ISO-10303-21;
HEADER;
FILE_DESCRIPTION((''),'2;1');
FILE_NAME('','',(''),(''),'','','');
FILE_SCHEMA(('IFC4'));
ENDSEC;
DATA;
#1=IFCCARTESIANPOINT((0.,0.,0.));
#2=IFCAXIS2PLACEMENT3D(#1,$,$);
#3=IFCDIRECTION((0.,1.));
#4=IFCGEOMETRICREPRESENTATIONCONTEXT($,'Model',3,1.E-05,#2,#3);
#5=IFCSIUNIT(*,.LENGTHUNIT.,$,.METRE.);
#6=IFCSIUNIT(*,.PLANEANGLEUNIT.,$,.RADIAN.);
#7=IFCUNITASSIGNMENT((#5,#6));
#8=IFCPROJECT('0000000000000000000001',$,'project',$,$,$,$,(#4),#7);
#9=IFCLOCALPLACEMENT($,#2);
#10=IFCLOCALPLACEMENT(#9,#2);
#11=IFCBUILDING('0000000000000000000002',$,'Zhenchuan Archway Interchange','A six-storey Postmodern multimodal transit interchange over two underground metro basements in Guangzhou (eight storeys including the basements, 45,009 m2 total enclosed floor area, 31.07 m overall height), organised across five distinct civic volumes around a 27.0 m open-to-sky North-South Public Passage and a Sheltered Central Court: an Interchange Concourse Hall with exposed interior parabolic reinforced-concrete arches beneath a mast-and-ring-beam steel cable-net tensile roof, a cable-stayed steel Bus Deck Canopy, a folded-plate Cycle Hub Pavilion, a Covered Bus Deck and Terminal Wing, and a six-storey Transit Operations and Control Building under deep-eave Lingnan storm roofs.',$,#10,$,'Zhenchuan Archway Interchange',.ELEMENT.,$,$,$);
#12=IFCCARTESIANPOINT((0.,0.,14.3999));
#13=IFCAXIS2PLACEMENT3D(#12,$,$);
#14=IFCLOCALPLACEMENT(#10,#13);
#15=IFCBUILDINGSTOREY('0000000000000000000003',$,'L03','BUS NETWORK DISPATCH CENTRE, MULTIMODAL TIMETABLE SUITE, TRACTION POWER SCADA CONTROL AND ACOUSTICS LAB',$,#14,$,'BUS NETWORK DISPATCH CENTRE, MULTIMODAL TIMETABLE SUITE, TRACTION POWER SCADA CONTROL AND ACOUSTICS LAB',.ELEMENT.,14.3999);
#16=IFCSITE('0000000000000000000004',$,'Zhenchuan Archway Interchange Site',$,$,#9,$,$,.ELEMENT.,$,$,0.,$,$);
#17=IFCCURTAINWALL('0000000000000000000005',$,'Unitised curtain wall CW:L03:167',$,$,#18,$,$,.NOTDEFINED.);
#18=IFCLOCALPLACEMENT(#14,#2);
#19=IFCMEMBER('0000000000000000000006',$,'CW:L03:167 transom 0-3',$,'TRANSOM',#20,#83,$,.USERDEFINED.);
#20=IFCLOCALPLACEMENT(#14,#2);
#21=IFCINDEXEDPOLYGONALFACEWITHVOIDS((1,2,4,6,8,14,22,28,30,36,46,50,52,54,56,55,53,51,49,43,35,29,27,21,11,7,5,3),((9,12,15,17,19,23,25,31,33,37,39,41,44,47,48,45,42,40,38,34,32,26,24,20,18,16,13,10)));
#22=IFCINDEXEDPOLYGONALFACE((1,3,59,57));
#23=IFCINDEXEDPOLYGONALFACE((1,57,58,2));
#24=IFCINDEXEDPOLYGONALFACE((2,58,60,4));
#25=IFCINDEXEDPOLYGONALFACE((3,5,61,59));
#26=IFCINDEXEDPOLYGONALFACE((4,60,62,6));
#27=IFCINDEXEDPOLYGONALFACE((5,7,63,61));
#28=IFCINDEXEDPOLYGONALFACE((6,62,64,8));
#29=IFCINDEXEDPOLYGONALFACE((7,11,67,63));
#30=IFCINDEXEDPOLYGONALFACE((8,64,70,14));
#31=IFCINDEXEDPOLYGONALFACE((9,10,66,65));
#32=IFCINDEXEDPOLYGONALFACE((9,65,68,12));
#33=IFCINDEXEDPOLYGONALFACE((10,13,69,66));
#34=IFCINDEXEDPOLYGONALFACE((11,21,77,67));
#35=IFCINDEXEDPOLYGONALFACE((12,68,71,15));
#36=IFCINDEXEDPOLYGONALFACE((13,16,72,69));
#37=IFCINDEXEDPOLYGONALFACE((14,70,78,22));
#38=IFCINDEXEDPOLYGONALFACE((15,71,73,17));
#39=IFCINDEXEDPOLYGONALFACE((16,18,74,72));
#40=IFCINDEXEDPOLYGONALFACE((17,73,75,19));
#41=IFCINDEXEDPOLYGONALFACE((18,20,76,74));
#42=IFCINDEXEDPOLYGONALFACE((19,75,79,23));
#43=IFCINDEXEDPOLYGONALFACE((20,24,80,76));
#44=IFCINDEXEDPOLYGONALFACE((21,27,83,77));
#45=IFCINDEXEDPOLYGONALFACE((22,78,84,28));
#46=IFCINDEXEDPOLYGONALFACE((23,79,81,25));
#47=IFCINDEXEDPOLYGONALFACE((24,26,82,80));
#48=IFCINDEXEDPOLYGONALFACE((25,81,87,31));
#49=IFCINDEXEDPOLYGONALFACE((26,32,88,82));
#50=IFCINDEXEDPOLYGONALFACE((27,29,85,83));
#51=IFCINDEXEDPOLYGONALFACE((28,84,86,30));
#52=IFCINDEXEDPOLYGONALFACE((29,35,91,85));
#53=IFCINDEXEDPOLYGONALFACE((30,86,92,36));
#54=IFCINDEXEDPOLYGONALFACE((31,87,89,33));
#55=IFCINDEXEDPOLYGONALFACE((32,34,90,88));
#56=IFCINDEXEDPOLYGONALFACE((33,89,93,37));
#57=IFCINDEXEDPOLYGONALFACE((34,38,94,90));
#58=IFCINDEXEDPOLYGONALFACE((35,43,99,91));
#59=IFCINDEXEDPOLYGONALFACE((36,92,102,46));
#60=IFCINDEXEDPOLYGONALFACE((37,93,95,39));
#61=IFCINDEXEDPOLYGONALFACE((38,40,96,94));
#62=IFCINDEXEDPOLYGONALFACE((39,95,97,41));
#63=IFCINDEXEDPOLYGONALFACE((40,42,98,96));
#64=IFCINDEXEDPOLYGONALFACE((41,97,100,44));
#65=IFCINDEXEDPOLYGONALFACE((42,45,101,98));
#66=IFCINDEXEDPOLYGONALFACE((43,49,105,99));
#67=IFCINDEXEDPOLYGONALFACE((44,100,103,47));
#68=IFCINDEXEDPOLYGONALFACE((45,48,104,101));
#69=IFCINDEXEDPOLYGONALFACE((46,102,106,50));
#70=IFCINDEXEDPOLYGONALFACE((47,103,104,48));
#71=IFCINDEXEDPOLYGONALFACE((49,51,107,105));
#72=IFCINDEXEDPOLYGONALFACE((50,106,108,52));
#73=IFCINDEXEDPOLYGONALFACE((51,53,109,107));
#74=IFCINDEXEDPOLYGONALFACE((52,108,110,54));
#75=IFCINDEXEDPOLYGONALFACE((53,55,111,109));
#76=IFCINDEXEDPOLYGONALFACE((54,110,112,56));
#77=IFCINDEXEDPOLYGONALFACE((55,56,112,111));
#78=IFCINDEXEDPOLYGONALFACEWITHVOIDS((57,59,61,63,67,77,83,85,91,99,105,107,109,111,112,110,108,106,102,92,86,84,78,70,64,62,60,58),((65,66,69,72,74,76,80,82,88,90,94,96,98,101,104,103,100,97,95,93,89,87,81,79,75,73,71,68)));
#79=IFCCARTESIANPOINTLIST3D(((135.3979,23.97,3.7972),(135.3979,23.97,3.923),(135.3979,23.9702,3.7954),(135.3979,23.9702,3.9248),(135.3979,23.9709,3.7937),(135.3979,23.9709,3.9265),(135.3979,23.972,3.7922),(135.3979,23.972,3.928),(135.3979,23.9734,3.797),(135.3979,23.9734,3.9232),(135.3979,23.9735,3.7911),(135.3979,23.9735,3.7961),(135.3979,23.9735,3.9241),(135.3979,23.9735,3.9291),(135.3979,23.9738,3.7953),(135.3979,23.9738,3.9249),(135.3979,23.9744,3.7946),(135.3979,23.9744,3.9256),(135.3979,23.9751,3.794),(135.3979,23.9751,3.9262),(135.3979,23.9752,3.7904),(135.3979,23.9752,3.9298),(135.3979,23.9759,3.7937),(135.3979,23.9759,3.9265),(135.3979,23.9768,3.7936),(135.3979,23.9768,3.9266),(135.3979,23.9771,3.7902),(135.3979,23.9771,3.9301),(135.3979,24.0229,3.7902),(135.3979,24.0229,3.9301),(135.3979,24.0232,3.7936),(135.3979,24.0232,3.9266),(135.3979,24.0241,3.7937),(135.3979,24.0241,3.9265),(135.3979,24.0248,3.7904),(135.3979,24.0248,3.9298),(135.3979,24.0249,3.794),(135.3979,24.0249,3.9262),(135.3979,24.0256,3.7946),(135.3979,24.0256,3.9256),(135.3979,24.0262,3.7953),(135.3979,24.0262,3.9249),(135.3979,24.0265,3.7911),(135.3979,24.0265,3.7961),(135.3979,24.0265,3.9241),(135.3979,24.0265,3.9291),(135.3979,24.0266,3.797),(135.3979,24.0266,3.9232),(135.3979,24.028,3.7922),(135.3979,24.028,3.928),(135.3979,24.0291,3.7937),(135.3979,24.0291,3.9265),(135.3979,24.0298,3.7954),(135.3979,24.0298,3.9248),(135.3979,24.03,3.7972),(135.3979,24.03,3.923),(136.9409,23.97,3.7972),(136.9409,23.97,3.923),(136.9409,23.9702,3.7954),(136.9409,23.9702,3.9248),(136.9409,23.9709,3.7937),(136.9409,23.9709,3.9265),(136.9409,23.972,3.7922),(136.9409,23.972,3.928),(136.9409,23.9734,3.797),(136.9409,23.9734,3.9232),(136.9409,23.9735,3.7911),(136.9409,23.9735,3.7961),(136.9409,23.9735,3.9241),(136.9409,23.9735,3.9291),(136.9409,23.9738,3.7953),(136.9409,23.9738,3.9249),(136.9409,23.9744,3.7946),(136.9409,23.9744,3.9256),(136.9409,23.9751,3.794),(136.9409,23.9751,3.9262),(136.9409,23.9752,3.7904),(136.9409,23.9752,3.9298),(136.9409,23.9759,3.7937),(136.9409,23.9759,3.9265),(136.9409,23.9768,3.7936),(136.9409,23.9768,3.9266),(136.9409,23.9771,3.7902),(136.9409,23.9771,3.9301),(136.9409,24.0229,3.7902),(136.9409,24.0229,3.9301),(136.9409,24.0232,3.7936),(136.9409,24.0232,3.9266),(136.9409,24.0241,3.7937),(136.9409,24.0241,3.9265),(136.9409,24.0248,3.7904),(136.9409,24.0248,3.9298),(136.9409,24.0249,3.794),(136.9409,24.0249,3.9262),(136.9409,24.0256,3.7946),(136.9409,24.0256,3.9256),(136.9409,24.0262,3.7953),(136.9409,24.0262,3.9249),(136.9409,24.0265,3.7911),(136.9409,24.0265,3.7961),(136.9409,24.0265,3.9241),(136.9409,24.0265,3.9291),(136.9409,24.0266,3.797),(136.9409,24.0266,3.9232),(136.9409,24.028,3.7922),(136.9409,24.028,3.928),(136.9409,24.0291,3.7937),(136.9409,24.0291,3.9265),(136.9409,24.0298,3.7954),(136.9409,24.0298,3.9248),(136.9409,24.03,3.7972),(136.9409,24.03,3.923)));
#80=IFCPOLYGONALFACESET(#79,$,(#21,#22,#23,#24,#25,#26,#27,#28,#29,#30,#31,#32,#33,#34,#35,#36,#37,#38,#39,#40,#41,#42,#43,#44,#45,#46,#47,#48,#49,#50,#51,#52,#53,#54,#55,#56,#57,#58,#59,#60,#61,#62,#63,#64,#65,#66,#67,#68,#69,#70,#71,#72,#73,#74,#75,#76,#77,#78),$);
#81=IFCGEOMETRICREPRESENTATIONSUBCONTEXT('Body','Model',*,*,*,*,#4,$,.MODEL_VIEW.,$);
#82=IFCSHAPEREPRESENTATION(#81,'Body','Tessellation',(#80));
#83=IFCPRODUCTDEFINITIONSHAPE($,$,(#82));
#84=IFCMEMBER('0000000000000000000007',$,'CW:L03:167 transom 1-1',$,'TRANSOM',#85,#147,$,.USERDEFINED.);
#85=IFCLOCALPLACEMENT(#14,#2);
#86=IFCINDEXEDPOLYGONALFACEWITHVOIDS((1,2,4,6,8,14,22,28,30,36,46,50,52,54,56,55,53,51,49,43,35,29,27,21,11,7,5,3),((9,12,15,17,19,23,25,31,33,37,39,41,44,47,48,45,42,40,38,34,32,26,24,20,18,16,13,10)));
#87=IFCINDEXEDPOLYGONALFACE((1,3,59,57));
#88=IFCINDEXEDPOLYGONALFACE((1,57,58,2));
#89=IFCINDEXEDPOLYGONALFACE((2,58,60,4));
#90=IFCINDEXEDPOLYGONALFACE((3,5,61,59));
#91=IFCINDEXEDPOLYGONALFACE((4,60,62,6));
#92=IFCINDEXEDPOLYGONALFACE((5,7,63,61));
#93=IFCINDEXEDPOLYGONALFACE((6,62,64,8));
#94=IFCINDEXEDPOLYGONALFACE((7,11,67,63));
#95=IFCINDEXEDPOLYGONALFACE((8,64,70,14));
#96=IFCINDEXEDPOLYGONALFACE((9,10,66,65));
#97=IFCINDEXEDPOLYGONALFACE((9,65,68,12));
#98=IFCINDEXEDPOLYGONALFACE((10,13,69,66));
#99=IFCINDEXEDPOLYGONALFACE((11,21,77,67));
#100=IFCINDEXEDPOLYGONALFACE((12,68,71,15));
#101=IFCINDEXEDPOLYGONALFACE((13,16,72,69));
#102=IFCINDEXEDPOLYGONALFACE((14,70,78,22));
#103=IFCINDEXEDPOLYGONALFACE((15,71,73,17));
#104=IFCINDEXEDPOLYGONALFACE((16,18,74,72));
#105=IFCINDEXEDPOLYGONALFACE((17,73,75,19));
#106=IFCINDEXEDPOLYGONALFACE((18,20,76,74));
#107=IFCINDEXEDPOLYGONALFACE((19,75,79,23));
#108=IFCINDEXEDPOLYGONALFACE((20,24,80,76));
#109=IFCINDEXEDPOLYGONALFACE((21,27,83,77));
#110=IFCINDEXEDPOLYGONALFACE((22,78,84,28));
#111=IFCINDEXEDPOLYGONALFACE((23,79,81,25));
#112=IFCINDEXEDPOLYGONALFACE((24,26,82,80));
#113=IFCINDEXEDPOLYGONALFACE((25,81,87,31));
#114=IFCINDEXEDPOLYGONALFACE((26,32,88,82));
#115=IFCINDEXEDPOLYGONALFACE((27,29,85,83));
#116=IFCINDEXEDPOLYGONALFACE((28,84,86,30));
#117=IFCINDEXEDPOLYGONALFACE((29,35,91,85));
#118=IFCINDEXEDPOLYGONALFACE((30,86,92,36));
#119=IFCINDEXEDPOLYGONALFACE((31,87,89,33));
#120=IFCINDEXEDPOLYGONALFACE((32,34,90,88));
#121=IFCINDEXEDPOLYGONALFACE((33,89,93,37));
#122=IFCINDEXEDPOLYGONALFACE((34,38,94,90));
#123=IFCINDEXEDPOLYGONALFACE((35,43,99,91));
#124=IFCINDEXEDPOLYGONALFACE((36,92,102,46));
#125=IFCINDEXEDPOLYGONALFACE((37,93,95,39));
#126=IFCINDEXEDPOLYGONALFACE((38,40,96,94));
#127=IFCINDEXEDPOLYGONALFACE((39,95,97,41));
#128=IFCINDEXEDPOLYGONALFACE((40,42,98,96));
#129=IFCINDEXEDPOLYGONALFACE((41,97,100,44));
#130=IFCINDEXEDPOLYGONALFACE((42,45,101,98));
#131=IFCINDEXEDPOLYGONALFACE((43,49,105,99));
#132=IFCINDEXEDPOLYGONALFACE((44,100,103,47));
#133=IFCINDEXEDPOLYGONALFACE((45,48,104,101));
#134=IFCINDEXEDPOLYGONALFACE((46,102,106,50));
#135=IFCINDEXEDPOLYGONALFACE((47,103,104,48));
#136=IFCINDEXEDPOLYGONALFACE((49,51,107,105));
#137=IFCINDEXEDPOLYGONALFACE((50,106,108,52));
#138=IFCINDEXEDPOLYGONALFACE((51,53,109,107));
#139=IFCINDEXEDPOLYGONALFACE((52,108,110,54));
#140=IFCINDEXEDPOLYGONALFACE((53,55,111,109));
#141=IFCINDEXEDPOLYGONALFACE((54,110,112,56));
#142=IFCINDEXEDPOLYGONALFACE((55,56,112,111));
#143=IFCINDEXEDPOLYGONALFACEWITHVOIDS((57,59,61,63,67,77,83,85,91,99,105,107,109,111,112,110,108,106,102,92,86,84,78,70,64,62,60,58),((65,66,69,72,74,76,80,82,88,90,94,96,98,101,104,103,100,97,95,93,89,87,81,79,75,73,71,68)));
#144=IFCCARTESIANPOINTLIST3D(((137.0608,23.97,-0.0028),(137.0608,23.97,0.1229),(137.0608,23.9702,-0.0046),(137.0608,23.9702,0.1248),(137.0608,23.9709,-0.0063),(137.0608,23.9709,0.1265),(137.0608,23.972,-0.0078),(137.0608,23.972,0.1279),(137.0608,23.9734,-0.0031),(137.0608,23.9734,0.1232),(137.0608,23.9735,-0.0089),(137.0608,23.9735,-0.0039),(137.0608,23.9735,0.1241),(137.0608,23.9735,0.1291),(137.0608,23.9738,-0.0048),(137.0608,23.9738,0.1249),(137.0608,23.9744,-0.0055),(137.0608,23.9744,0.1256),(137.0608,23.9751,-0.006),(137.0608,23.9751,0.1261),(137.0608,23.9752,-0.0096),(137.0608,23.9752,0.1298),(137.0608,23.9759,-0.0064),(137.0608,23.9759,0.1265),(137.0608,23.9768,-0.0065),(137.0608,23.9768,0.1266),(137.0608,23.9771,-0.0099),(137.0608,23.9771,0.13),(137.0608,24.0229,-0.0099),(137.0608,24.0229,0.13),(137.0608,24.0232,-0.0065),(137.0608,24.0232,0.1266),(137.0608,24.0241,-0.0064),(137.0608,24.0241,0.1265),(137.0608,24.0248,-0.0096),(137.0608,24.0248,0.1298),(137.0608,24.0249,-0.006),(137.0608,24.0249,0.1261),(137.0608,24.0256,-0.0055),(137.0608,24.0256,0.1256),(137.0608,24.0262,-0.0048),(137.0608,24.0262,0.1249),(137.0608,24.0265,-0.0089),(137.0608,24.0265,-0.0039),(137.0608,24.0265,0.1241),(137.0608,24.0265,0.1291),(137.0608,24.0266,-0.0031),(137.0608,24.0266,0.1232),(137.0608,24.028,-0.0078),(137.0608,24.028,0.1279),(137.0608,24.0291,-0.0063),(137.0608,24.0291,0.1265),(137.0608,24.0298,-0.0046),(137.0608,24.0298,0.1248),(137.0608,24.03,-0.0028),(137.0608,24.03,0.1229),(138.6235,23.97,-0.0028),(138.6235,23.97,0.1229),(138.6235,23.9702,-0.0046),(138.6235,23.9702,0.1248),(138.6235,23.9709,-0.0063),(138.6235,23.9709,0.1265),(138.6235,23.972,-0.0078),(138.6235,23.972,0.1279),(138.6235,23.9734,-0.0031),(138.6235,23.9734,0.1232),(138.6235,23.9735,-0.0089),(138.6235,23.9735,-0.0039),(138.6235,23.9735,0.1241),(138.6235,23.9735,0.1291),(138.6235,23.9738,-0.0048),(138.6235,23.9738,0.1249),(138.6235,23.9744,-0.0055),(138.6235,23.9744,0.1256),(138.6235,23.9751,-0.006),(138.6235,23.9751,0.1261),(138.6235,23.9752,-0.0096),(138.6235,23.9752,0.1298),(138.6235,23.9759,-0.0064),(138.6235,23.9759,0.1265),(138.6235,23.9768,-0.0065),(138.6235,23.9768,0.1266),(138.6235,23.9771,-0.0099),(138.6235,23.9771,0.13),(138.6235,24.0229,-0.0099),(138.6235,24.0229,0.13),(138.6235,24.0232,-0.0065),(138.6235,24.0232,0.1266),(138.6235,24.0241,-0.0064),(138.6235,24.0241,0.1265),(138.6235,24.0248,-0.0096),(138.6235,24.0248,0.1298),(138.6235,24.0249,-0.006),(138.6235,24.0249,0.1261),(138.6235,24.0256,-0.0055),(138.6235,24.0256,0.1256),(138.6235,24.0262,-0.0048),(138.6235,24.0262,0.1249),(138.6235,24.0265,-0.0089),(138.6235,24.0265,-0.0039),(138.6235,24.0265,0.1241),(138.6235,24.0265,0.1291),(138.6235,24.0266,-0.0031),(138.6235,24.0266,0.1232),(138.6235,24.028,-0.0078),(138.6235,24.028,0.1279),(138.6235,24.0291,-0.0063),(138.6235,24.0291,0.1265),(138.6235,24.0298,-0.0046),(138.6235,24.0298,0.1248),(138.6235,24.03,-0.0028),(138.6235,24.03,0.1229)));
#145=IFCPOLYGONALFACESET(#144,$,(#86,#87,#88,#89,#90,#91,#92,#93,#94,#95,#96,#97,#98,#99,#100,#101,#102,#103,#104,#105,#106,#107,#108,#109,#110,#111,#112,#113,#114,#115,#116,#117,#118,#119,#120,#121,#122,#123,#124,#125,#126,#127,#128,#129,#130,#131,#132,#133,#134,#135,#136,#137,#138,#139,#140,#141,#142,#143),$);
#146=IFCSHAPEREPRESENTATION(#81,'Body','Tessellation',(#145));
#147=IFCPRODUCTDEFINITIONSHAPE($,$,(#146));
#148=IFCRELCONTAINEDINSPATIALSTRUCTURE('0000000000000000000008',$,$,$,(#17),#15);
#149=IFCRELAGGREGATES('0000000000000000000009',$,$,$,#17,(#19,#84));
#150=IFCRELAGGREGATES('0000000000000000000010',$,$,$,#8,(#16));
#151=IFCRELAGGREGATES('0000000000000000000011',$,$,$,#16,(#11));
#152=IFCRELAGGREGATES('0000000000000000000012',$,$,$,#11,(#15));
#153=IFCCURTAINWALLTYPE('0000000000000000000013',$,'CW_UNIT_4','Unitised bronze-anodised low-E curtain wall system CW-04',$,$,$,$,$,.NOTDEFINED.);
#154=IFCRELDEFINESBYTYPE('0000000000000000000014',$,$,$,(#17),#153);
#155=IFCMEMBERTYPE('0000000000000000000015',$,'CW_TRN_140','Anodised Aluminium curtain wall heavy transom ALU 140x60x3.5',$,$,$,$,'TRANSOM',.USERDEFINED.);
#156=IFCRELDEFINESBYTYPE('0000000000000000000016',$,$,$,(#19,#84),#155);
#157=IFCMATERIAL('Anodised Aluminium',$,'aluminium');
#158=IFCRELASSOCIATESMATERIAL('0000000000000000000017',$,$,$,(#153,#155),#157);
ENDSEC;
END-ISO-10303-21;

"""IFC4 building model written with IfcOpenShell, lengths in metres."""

from ifc_helpers import new_model, si_unit, direction, frame, origin, origin_2d, place, context, subcontext, project, spatial, hollow_rectangle, extrude, material, material_profile, profile_set, type_object, element, aggregate, save


model = new_model("IFC4")

# Units and contexts
model_context = context("Model", 3, precision=1e-05, world=origin(), true_north=direction((0.0, 1.0)))
body_context = subcontext(model_context, "Body", "Model", "MODEL_VIEW")
ifc_project = project(units=[si_unit("LENGTHUNIT", "METRE"), si_unit("PLANEANGLEUNIT", "RADIAN")], contexts=[model_context])

# Site, building, storey
site_placement = place(None, origin())
site = spatial("IfcSite", under=ifc_project, at=site_placement, Name="Zhenchuan Archway Interchange Site", CompositionType="ELEMENT", RefElevation=0.0)
building_placement = place(site_placement, origin())
building = spatial("IfcBuilding", under=site, at=building_placement, Name="Zhenchuan Archway Interchange", Description="A six-storey Postmodern multimodal transit interchange over two underground metro basements in Guangzhou (eight storeys including the basements, 45,009 m2 total enclosed floor area, 31.07 m overall height), organised across five distinct civic volumes around a 27.0 m open-to-sky North-South Public Passage and a Sheltered Central Court: an Interchange Concourse Hall with exposed interior parabolic reinforced-concrete arches beneath a mast-and-ring-beam steel cable-net tensile roof, a cable-stayed steel Bus Deck Canopy, a folded-plate Cycle Hub Pavilion, a Covered Bus Deck and Terminal Wing, and a six-storey Transit Operations and Control Building under deep-eave Lingnan storm roofs.", LongName="Zhenchuan Archway Interchange", CompositionType="ELEMENT")
storey_placement = place(building_placement, frame((0.0, 0.0, 14.3999)))
storey = spatial("IfcBuildingStorey", under=building, at=storey_placement, Name="L03", Description="BUS NETWORK DISPATCH CENTRE, MULTIMODAL TIMETABLE SUITE, TRACTION POWER SCADA CONTROL AND ACOUSTICS LAB", LongName="BUS NETWORK DISPATCH CENTRE, MULTIMODAL TIMETABLE SUITE, TRACTION POWER SCADA CONTROL AND ACOUSTICS LAB", CompositionType="ELEMENT", Elevation=14.3999)

# Curtain wall
ifc_material_1 = material(Name="Anodised Aluminium", Category="aluminium")
curtain_wall_type_1 = type_object("IfcCurtainWallType", Name="CW_UNIT_4", Description="Unitised bronze-anodised low-E curtain wall system CW-04", PredefinedType="NOTDEFINED", material=ifc_material_1)
curtain_wall_1_placement = place(storey_placement, origin())
curtain_wall_1 = element("IfcCurtainWall", 1, at=curtain_wall_1_placement, inside=storey, type_object=curtain_wall_type_1, Name="Unitised curtain wall CW:L03:167", PredefinedType="NOTDEFINED")

# Members
ifc_material_profile_1 = material_profile(ifc_material_1, hollow_rectangle(XDim=0.0601, YDim=0.1399, WallThickness=0.0034, InnerFilletRadius=0.0034, OuterFilletRadius=0.0071, at=origin_2d()), Name="ALU 140x60x3.5")
ifc_profile_set_1 = profile_set([ifc_material_profile_1], Name="Anodised Aluminium")
member_type_1 = type_object("IfcMemberType", Name="CW_TRN_140", Description="Anodised Aluminium curtain wall heavy transom ALU 140x60x3.5", ElementType="TRANSOM", PredefinedType="USERDEFINED", material=ifc_profile_set_1)
member_1_placement = place(storey_placement, frame((135.3979, 24.0, 3.8601), z_axis=(1.0, 0.0, 0.0), x_axis=(0.0, 1.0, 0.0)))
member_1 = element("IfcMember", 2, at=member_1_placement, type_object=member_type_1, Name="CW:L03:167 transom 0-3", ObjectType="TRANSOM", PredefinedType="USERDEFINED", context=body_context, shape_type="SweptSolid", body=[
    extrude(hollow_rectangle(XDim=0.0601, YDim=0.1399, WallThickness=0.0034, InnerFilletRadius=0.0034, OuterFilletRadius=0.0071, at=origin_2d()), origin(), (0.0, 0.0, 1.0), 1.543),
])
member_2_placement = place(storey_placement, frame((137.0608, 24.0, 0.0601), z_axis=(1.0, 0.0, 0.0), x_axis=(0.0, 1.0, 0.0)))
member_2 = element("IfcMember", 3, at=member_2_placement, type_object=member_type_1, Name="CW:L03:167 transom 1-1", ObjectType="TRANSOM", PredefinedType="USERDEFINED", context=body_context, shape_type="SweptSolid", body=[
    extrude(hollow_rectangle(XDim=0.0601, YDim=0.1399, WallThickness=0.0034, InnerFilletRadius=0.0034, OuterFilletRadius=0.0071, at=origin_2d()), origin(), (0.0, 0.0, 1.0), 1.5627),
])

aggregate(curtain_wall_1, [member_1, member_2])

save(model, "model.ifc")
